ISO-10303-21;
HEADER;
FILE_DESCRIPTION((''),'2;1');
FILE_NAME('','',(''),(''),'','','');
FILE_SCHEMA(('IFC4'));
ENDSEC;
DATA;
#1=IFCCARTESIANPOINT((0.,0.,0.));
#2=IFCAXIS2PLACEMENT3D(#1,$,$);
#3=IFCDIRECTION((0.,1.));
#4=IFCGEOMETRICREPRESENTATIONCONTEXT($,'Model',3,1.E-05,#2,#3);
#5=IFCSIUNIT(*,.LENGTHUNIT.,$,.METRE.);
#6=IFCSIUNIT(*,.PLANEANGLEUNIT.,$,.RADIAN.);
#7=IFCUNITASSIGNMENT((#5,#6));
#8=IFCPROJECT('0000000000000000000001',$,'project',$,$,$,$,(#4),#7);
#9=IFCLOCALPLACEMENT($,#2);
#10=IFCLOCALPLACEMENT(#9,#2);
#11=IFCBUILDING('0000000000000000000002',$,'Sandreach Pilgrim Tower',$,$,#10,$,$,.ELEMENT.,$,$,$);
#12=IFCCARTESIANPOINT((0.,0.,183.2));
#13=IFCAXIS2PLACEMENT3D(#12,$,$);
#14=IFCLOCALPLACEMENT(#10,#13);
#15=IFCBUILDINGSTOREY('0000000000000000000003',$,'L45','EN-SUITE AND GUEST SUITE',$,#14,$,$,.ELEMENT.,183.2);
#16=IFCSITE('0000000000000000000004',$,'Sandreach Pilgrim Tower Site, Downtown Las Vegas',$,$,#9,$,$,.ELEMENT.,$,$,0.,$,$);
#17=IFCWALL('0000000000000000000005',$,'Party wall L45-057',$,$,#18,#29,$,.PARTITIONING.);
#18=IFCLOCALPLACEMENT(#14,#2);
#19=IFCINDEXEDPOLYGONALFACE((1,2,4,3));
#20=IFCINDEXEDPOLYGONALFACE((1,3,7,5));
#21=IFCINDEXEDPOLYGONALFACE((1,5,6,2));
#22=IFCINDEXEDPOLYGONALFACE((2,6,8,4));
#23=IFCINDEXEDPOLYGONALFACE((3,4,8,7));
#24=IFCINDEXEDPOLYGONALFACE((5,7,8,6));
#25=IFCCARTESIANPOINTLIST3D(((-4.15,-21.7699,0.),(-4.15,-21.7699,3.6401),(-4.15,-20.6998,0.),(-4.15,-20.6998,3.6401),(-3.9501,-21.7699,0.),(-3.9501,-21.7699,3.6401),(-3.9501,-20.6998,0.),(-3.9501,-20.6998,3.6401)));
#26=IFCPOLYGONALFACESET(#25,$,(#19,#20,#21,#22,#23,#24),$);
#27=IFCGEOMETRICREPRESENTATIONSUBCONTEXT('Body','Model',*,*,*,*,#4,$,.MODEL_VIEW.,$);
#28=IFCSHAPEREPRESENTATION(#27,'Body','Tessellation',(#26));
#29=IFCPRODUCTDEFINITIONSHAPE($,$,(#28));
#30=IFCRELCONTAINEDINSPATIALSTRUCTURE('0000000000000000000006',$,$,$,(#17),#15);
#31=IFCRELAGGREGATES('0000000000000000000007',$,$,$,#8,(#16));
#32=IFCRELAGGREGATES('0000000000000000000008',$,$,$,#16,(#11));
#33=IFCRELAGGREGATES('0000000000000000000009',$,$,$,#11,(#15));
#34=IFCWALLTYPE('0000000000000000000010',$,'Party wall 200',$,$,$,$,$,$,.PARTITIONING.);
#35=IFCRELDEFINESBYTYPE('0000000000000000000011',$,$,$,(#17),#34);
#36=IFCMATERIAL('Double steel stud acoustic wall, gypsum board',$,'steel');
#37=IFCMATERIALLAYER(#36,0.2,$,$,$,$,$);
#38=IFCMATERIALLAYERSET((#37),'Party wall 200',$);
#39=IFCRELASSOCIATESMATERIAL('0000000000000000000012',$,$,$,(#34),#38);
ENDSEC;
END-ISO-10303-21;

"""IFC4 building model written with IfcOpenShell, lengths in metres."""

from ifc_helpers import new_model, si_unit, direction, frame, frame_2d, origin, place, context, subcontext, project, spatial, rectangle, extrude, material, layer, layer_set, type_object, element, save


model = new_model("IFC4")

# Units and contexts
model_context = context("Model", 3, precision=1e-05, world=origin(), true_north=direction((0.0, 1.0)))
body_context = subcontext(model_context, "Body", "Model", "MODEL_VIEW")
ifc_project = project(units=[si_unit("LENGTHUNIT", "METRE"), si_unit("PLANEANGLEUNIT", "RADIAN")], contexts=[model_context])

# Site, building, storey
site_placement = place(None, origin())
site = spatial("IfcSite", under=ifc_project, at=site_placement, Name="Sandreach Pilgrim Tower Site, Downtown Las Vegas", CompositionType="ELEMENT", RefElevation=0.0)
building_placement = place(site_placement, origin())
building = spatial("IfcBuilding", under=site, at=building_placement, Name="Sandreach Pilgrim Tower", CompositionType="ELEMENT")
storey_placement = place(building_placement, frame((0.0, 0.0, 183.2)))
storey = spatial("IfcBuildingStorey", under=building, at=storey_placement, Name="L45", Description="EN-SUITE AND GUEST SUITE", CompositionType="ELEMENT", Elevation=183.2)

# Wall
ifc_material_1 = material(Name="Double steel stud acoustic wall, gypsum board", Category="steel")
ifc_layer_1 = layer(ifc_material_1, 0.2)
ifc_layer_set_1 = layer_set([ifc_layer_1], Name="Party wall 200")
wall_type_1 = type_object("IfcWallType", Name="Party wall 200", PredefinedType="PARTITIONING", material=ifc_layer_set_1)
wall_1_placement = place(storey_placement, frame((-4.05, -21.77, 0.0), z_axis=(0.0, 0.0, 1.0), x_axis=(0.0, 1.0, 0.0)))
element("IfcWall", 1, at=wall_1_placement, inside=storey, type_object=wall_type_1, Name="Party wall L45-057", PredefinedType="PARTITIONING", context=body_context, shape_type="SweptSolid", body=[
    extrude(rectangle(XDim=1.0701, YDim=0.2, at=frame_2d((0.5352, 0.0))), origin(), (0.0, 0.0, 1.0), 3.6401),
])

save(model, "model.ifc")
